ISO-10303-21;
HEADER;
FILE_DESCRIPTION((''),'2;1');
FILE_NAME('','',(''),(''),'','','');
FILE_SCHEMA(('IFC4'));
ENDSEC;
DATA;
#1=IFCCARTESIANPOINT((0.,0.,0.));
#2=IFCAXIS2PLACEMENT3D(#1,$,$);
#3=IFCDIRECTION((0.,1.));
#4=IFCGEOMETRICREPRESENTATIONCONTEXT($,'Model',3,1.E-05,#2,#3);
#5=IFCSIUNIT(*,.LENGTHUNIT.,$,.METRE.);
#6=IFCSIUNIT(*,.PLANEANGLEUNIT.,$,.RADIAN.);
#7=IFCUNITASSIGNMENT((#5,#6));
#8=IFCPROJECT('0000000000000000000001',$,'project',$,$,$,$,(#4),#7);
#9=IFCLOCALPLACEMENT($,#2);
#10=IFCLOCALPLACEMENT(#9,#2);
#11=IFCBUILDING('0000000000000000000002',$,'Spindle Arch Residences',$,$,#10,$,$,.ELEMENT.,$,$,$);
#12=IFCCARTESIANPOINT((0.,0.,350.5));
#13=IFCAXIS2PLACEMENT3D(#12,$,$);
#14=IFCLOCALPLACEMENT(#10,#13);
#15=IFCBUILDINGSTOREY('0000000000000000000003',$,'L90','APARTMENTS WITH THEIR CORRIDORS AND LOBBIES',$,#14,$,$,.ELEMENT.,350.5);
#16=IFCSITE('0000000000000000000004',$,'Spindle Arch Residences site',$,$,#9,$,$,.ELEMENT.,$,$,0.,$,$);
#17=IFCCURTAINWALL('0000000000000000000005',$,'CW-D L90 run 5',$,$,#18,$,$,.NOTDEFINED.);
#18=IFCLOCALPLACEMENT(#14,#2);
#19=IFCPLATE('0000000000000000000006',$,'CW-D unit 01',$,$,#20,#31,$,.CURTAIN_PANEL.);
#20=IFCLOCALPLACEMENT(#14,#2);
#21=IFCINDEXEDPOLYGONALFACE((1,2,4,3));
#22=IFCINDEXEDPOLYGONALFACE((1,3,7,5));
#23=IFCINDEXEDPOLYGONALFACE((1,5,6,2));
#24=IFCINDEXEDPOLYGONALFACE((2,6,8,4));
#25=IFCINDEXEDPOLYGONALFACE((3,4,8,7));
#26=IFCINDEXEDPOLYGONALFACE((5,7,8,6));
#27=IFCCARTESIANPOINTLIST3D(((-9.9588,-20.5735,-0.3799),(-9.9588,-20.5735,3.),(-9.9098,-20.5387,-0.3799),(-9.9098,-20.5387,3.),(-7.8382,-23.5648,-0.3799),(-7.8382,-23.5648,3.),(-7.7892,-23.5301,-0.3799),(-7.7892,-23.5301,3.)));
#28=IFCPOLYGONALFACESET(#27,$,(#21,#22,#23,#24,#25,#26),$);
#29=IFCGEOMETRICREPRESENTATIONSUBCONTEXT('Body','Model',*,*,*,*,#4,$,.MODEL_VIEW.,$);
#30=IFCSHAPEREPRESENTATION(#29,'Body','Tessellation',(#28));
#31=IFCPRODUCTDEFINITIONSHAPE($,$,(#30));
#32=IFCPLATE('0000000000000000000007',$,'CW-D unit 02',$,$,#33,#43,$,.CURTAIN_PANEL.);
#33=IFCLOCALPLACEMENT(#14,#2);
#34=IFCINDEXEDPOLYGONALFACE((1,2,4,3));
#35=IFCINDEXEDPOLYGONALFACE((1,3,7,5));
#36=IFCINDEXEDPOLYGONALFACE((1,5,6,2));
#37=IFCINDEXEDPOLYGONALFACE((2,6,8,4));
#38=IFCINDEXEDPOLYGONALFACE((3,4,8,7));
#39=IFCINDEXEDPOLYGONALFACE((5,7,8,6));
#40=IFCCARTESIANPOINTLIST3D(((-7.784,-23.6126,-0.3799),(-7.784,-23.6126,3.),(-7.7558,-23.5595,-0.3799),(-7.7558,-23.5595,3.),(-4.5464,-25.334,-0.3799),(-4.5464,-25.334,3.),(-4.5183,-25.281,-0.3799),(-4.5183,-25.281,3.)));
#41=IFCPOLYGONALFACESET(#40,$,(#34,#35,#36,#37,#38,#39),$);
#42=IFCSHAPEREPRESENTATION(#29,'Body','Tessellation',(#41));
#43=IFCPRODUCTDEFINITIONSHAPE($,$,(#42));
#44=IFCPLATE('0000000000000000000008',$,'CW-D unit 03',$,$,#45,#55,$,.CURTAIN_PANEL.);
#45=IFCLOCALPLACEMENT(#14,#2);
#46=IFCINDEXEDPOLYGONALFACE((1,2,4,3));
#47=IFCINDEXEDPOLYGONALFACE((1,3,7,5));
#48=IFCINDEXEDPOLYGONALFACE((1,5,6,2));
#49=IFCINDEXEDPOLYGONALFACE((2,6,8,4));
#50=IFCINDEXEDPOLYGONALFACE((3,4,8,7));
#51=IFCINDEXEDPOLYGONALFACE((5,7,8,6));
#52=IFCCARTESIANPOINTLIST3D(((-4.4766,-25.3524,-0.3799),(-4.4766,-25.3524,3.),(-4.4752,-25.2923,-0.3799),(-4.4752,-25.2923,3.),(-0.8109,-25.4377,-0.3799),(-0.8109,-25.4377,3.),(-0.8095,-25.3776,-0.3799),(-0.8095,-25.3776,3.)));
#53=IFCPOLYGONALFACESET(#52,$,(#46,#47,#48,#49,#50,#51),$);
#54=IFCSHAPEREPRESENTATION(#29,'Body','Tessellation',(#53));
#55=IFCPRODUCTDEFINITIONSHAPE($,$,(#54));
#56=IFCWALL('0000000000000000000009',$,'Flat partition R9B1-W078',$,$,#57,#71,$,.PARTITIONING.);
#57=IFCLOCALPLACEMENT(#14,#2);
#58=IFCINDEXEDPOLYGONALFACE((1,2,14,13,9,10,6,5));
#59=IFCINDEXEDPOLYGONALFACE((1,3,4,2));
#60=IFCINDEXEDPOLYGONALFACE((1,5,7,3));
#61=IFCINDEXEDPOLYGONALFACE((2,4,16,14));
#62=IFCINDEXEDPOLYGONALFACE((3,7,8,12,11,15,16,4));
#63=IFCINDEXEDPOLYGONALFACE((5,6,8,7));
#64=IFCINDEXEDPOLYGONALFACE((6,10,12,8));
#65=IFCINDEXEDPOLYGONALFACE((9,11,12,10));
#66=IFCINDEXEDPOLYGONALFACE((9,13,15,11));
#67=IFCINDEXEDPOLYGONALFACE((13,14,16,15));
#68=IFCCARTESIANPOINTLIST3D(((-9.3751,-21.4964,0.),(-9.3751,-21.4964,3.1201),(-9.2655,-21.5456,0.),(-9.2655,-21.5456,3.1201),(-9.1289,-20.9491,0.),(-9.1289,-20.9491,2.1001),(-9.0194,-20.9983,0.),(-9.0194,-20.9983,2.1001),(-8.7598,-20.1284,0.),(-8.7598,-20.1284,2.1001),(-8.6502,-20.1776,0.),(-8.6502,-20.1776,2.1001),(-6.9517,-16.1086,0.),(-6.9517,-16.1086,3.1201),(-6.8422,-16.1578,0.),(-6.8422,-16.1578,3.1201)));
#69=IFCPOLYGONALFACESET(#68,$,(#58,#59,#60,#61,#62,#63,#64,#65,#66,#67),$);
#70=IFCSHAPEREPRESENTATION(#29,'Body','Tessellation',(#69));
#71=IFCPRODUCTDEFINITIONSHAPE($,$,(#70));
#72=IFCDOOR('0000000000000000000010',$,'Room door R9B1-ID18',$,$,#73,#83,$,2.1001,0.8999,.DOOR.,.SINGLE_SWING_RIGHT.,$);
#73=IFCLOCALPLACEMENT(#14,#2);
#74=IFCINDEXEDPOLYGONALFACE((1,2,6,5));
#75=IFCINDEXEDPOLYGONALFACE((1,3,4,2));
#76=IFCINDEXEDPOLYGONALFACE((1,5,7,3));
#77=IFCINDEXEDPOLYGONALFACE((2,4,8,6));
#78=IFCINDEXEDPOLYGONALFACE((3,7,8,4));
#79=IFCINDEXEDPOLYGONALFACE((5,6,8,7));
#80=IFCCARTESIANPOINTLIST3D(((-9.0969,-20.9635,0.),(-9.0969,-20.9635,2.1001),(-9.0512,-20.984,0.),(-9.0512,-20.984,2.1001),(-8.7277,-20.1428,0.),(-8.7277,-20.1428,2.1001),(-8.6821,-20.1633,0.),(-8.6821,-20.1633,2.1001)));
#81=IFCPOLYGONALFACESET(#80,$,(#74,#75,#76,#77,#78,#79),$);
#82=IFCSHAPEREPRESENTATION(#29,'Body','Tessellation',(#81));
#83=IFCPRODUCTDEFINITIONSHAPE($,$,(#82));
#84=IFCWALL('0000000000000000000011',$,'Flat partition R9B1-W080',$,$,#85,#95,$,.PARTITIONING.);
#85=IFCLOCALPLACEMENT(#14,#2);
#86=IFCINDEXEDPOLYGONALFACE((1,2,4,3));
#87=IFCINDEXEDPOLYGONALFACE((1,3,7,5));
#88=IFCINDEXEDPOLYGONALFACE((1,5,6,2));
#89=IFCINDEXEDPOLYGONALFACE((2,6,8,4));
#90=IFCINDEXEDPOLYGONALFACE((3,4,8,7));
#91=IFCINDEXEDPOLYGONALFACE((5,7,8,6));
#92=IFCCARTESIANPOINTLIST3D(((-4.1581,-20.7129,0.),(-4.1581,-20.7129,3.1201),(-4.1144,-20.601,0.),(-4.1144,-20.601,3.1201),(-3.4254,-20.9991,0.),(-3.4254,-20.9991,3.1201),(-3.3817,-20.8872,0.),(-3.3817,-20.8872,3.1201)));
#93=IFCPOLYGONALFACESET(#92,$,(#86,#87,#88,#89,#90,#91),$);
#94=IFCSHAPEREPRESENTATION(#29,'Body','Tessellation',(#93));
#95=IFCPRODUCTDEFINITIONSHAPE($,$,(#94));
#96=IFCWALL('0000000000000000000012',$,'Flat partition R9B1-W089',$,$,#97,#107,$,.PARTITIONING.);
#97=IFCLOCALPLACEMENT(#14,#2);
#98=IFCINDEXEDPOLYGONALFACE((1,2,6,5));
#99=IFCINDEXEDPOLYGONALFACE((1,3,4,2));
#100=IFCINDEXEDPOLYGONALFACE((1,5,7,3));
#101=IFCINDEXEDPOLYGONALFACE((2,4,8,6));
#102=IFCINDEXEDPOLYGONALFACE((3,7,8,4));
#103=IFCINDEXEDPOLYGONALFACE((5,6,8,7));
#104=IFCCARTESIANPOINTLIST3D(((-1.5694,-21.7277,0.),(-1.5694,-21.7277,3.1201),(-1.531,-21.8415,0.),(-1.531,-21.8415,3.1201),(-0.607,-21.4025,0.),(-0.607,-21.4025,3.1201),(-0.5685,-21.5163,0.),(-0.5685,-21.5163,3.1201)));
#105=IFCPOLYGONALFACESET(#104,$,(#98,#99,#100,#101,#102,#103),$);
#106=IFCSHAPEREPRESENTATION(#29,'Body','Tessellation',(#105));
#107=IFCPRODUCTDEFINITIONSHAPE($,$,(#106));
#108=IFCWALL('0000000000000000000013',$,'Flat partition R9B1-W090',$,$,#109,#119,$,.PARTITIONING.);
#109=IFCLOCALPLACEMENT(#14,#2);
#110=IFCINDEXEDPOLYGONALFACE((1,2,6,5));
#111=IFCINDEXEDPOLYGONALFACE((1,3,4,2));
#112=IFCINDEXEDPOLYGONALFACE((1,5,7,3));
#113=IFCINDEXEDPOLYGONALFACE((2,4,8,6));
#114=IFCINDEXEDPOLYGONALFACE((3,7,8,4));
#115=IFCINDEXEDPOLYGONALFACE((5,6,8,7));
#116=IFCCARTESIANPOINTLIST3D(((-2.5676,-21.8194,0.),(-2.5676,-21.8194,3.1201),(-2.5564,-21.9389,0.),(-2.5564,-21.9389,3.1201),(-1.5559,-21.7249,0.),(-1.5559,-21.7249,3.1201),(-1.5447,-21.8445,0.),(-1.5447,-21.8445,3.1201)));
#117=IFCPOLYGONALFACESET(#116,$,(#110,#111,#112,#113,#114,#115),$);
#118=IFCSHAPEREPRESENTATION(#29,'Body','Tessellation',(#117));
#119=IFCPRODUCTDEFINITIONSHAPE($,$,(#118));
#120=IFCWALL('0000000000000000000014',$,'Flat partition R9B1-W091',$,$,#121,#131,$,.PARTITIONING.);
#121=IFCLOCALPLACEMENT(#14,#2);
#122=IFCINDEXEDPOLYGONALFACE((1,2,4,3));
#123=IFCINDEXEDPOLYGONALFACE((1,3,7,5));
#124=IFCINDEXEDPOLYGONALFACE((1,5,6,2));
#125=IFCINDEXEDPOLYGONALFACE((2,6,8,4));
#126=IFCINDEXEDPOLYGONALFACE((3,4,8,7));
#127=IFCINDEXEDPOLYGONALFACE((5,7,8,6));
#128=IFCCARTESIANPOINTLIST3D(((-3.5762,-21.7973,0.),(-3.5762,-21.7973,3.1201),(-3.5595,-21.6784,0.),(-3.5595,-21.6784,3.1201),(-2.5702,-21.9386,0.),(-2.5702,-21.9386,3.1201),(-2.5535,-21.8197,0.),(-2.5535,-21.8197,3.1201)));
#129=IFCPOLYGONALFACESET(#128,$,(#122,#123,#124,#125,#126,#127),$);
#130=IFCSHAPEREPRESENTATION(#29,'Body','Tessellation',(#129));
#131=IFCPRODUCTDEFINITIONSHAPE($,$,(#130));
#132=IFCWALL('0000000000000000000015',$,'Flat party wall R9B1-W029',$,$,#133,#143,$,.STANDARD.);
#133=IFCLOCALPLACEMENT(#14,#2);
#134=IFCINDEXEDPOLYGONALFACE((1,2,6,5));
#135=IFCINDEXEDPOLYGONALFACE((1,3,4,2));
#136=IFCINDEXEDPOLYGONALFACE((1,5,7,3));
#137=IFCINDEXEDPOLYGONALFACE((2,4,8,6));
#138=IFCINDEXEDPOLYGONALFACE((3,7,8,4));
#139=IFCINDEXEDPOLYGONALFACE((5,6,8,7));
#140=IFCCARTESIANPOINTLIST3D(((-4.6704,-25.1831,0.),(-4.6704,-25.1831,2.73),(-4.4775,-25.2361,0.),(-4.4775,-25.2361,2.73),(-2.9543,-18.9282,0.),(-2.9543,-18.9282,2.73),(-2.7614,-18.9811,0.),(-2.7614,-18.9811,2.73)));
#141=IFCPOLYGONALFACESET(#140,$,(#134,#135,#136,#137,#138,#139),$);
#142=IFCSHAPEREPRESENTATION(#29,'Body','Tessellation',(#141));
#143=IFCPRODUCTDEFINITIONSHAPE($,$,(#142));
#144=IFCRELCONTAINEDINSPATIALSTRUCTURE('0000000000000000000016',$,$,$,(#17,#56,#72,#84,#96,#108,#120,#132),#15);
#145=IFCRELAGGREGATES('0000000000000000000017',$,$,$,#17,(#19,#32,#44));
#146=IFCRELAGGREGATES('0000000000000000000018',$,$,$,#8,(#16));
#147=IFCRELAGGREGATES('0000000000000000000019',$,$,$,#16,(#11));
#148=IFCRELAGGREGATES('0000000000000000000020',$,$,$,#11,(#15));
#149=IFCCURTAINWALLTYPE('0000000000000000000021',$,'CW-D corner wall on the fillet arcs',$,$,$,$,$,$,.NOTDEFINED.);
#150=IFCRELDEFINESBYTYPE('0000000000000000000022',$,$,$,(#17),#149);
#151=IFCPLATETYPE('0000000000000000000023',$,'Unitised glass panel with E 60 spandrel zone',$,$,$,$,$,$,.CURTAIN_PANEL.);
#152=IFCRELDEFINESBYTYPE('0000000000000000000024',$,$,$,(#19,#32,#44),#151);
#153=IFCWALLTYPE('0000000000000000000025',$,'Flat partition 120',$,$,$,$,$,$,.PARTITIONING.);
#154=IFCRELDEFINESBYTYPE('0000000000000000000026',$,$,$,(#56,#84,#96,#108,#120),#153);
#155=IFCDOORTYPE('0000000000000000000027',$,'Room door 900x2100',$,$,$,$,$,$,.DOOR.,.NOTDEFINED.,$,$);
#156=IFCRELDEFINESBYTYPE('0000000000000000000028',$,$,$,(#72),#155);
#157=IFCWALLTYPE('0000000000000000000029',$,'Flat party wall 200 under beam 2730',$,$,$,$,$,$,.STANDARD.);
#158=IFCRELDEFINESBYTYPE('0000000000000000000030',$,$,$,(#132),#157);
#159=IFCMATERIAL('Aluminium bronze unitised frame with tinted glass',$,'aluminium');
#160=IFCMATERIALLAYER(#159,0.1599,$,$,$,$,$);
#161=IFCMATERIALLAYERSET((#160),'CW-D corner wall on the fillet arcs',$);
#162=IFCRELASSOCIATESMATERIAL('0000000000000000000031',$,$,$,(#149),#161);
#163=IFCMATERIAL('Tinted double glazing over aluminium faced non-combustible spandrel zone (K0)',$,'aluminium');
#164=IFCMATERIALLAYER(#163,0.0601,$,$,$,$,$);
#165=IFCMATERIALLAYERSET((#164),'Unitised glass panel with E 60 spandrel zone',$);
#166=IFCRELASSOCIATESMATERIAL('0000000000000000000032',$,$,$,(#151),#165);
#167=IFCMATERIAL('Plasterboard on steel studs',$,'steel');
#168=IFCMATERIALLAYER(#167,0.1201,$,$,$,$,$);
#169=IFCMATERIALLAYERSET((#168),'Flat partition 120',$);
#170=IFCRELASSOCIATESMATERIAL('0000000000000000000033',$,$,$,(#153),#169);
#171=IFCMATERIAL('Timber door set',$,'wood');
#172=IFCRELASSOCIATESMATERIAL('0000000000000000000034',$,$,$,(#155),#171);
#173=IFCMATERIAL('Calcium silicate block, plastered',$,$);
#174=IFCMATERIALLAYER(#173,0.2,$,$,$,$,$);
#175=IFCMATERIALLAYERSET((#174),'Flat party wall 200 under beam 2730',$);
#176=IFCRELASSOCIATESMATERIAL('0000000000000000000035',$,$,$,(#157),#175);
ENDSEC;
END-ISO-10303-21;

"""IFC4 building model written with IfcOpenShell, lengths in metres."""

from ifc_helpers import new_model, si_unit, direction, frame, frame_2d, origin, origin_2d, place, context, subcontext, project, spatial, rectangle, extrude, material, layer, layer_set, type_object, element, fill, aggregate, save


model = new_model("IFC4")

# Units and contexts
model_context = context("Model", 3, precision=1e-05, world=origin(), true_north=direction((0.0, 1.0)))
body_context = subcontext(model_context, "Body", "Model", "MODEL_VIEW")
ifc_project = project(units=[si_unit("LENGTHUNIT", "METRE"), si_unit("PLANEANGLEUNIT", "RADIAN")], contexts=[model_context])

# Site, building, storey
site_placement = place(None, origin())
site = spatial("IfcSite", under=ifc_project, at=site_placement, Name="Spindle Arch Residences site", CompositionType="ELEMENT", RefElevation=0.0)
building_placement = place(site_placement, origin())
building = spatial("IfcBuilding", under=site, at=building_placement, Name="Spindle Arch Residences", CompositionType="ELEMENT")
storey_placement = place(building_placement, frame((0.0, 0.0, 350.5)))
storey = spatial("IfcBuildingStorey", under=building, at=storey_placement, Name="L90", Description="APARTMENTS WITH THEIR CORRIDORS AND LOBBIES", CompositionType="ELEMENT", Elevation=350.5)

# Curtain wall
ifc_material_1 = material(Name="Aluminium bronze unitised frame with tinted glass", Category="aluminium")
ifc_layer_1 = layer(ifc_material_1, 0.1599)
ifc_layer_set_1 = layer_set([ifc_layer_1], Name="CW-D corner wall on the fillet arcs")
curtain_wall_type = type_object("IfcCurtainWallType", Name="CW-D corner wall on the fillet arcs", PredefinedType="NOTDEFINED", material=ifc_layer_set_1)
curtain_wall_placement = place(storey_placement, origin())
curtain_wall = element("IfcCurtainWall", 1, at=curtain_wall_placement, inside=storey, type_object=curtain_wall_type, Name="CW-D L90 run 5", PredefinedType="NOTDEFINED")

# Plates
ifc_material_2 = material(Name="Tinted double glazing over aluminium faced non-combustible spandrel zone (K0)", Category="aluminium")
ifc_layer_2 = layer(ifc_material_2, 0.0601)
ifc_layer_set_2 = layer_set([ifc_layer_2], Name="Unitised glass panel with E 60 spandrel zone")
plate_type = type_object("IfcPlateType", Name="Unitised glass panel with E 60 spandrel zone", PredefinedType="CURTAIN_PANEL", material=ifc_layer_set_2)
plate_1_placement = place(storey_placement, frame((-8.874, -22.0518, -0.3799), z_axis=(0.0, 0.0, 1.0), x_axis=(0.578332, -0.815801, 0.0)))
plate_1 = element("IfcPlate", 2, at=plate_1_placement, type_object=plate_type, Name="CW-D unit 01", PredefinedType="CURTAIN_PANEL", context=body_context, shape_type="SweptSolid", body=[
    extrude(rectangle(XDim=3.6667, YDim=0.0601, at=origin_2d()), origin(), (0.0, 0.0, 1.0), 3.3799),
])
plate_2_placement = place(storey_placement, frame((-6.1511, -24.4468, -0.3799), z_axis=(0.0, 0.0, 1.0), x_axis=(0.882948, -0.469472, 0.0)))
plate_2 = element("IfcPlate", 3, at=plate_2_placement, type_object=plate_type, Name="CW-D unit 02", PredefinedType="CURTAIN_PANEL", context=body_context, shape_type="SweptSolid", body=[
    extrude(rectangle(XDim=3.6667, YDim=0.0601, at=origin_2d()), origin(), (0.0, 0.0, 1.0), 3.3799),
])
plate_3_placement = place(storey_placement, frame((-2.6431, -25.365, -0.3799), z_axis=(0.0, 0.0, 1.0), x_axis=(0.999729, -0.023269, 0.0)))
plate_3 = element("IfcPlate", 4, at=plate_3_placement, type_object=plate_type, Name="CW-D unit 03", PredefinedType="CURTAIN_PANEL", context=body_context, shape_type="SweptSolid", body=[
    extrude(rectangle(XDim=3.6667, YDim=0.0601, at=origin_2d()), origin(), (0.0, 0.0, 1.0), 3.3799),
])
aggregate(curtain_wall, [plate_1, plate_2, plate_3])

# Wall, opening, door
ifc_material_3 = material(Name="Plasterboard on steel studs", Category="steel")
ifc_layer_3 = layer(ifc_material_3, 0.1201)
ifc_layer_set_3 = layer_set([ifc_layer_3], Name="Flat partition 120")
wall_type_1 = type_object("IfcWallType", Name="Flat partition 120", PredefinedType="PARTITIONING", material=ifc_layer_set_3)
wall_1_placement = place(storey_placement, frame((-9.3203, -21.521, 0.0), z_axis=(0.0, 0.0, 1.0), x_axis=(0.410207, 0.911993, 0.0)))
wall_1 = element("IfcWall", 5, at=wall_1_placement, inside=storey, type_object=wall_type_1, Name="Flat partition R9B1-W078", PredefinedType="PARTITIONING", context=body_context, shape_type="SweptSolid", body=[
    extrude(rectangle(XDim=5.9077, YDim=0.1201, at=frame_2d((2.9539, 0.0))), origin(), (0.0, 0.0, 1.0), 3.1201),
])
opening_placement = place(wall_1_placement, frame((0.6001, 0.0, 0.0)))
opening = element("IfcOpeningElement", 6, at=opening_placement, cuts=wall_1, PredefinedType="OPENING", context=body_context, shape_type="SweptSolid", body=[
    extrude(rectangle(XDim=0.8999, YDim=2.1001, at=frame_2d((0.45, 1.05))), frame((0.0, 0.0701, 0.0), z_axis=(0.0, -1.0, 0.0), x_axis=(1.0, 0.0, 0.0)), (0.0, 0.0, 1.0), 0.1401),
])
ifc_material_4 = material(Name="Timber door set", Category="wood")
door_type = type_object("IfcDoorType", Name="Room door 900x2100", OperationType="NOTDEFINED", PredefinedType="DOOR", material=ifc_material_4)
door_placement = place(opening_placement, origin())
door = element("IfcDoor", 7, at=door_placement, inside=storey, type_object=door_type, Name="Room door R9B1-ID18", OperationType="SINGLE_SWING_RIGHT", OverallHeight=2.1001, OverallWidth=0.8999, PredefinedType="DOOR", context=body_context, shape_type="SweptSolid", body=[
    extrude(rectangle(XDim=0.8999, YDim=2.1001, at=frame_2d((0.45, 1.05))), frame((0.0, 0.0249, 0.0), z_axis=(0.0, -1.0, 0.0), x_axis=(1.0, 0.0, 0.0)), (0.0, 0.0, 1.0), 0.05),
])
fill(opening, door)

# Walls
wall_2_placement = place(storey_placement, frame((-3.4036, -20.9431, 0.0), z_axis=(0.0, 0.0, 1.0), x_axis=(-0.931485, 0.363779, 0.0)))
element("IfcWall", 8, at=wall_2_placement, inside=storey, type_object=wall_type_1, Name="Flat partition R9B1-W080", PredefinedType="PARTITIONING", context=body_context, shape_type="SweptSolid", body=[
    extrude(rectangle(XDim=0.7866, YDim=0.1201, at=frame_2d((0.3933, 0.0))), origin(), (0.0, 0.0, 1.0), 3.1201),
])
wall_3_placement = place(storey_placement, frame((-0.5879, -21.4595, 0.0), z_axis=(0.0, 0.0, 1.0), x_axis=(-0.947378, -0.320118, 0.0)))
element("IfcWall", 9, at=wall_3_placement, inside=storey, type_object=wall_type_1, Name="Flat partition R9B1-W089", PredefinedType="PARTITIONING", context=body_context, shape_type="SweptSolid", body=[
    extrude(rectangle(XDim=1.0159, YDim=0.1201, at=frame_2d((0.5078, 0.0))), origin(), (0.0, 0.0, 1.0), 3.1201),
])
wall_4_placement = place(storey_placement, frame((-1.5503, -21.7847, 0.0), z_axis=(0.0, 0.0, 1.0), x_axis=(-0.995668, -0.092983, 0.0)))
element("IfcWall", 10, at=wall_4_placement, inside=storey, type_object=wall_type_1, Name="Flat partition R9B1-W090", PredefinedType="PARTITIONING", context=body_context, shape_type="SweptSolid", body=[
    extrude(rectangle(XDim=1.0161, YDim=0.1201, at=frame_2d((0.5081, 0.0))), origin(), (0.0, 0.0, 1.0), 3.1201),
])
wall_5_placement = place(storey_placement, frame((-2.562, -21.8792, 0.0), z_axis=(0.0, 0.0, 1.0), x_axis=(-0.990274, 0.139133, 0.0)))
element("IfcWall", 11, at=wall_5_placement, inside=storey, type_object=wall_type_1, Name="Flat partition R9B1-W091", PredefinedType="PARTITIONING", context=body_context, shape_type="SweptSolid", body=[
    extrude(rectangle(XDim=1.0159, YDim=0.1201, at=frame_2d((0.5078, 0.0))), origin(), (0.0, 0.0, 1.0), 3.1201),
])
ifc_material_5 = material(Name="Calcium silicate block, plastered")
ifc_layer_4 = layer(ifc_material_5, 0.2)
ifc_layer_set_4 = layer_set([ifc_layer_4], Name="Flat party wall 200 under beam 2730")
wall_type_2 = type_object("IfcWallType", Name="Flat party wall 200 under beam 2730", PredefinedType="STANDARD", material=ifc_layer_set_4)
wall_6_placement = place(storey_placement, frame((-4.574, -25.2097, 0.0), z_axis=(0.0, 0.0, 1.0), x_axis=(0.264579, 0.964364, 0.0)))
element("IfcWall", 12, at=wall_6_placement, inside=storey, type_object=wall_type_2, Name="Flat party wall R9B1-W029", PredefinedType="STANDARD", context=body_context, shape_type="SweptSolid", body=[
    extrude(rectangle(XDim=6.4861, YDim=0.2, at=frame_2d((3.2432, 0.0))), origin(), (0.0, 0.0, 1.0), 2.73),
])

save(model, "model.ifc")
